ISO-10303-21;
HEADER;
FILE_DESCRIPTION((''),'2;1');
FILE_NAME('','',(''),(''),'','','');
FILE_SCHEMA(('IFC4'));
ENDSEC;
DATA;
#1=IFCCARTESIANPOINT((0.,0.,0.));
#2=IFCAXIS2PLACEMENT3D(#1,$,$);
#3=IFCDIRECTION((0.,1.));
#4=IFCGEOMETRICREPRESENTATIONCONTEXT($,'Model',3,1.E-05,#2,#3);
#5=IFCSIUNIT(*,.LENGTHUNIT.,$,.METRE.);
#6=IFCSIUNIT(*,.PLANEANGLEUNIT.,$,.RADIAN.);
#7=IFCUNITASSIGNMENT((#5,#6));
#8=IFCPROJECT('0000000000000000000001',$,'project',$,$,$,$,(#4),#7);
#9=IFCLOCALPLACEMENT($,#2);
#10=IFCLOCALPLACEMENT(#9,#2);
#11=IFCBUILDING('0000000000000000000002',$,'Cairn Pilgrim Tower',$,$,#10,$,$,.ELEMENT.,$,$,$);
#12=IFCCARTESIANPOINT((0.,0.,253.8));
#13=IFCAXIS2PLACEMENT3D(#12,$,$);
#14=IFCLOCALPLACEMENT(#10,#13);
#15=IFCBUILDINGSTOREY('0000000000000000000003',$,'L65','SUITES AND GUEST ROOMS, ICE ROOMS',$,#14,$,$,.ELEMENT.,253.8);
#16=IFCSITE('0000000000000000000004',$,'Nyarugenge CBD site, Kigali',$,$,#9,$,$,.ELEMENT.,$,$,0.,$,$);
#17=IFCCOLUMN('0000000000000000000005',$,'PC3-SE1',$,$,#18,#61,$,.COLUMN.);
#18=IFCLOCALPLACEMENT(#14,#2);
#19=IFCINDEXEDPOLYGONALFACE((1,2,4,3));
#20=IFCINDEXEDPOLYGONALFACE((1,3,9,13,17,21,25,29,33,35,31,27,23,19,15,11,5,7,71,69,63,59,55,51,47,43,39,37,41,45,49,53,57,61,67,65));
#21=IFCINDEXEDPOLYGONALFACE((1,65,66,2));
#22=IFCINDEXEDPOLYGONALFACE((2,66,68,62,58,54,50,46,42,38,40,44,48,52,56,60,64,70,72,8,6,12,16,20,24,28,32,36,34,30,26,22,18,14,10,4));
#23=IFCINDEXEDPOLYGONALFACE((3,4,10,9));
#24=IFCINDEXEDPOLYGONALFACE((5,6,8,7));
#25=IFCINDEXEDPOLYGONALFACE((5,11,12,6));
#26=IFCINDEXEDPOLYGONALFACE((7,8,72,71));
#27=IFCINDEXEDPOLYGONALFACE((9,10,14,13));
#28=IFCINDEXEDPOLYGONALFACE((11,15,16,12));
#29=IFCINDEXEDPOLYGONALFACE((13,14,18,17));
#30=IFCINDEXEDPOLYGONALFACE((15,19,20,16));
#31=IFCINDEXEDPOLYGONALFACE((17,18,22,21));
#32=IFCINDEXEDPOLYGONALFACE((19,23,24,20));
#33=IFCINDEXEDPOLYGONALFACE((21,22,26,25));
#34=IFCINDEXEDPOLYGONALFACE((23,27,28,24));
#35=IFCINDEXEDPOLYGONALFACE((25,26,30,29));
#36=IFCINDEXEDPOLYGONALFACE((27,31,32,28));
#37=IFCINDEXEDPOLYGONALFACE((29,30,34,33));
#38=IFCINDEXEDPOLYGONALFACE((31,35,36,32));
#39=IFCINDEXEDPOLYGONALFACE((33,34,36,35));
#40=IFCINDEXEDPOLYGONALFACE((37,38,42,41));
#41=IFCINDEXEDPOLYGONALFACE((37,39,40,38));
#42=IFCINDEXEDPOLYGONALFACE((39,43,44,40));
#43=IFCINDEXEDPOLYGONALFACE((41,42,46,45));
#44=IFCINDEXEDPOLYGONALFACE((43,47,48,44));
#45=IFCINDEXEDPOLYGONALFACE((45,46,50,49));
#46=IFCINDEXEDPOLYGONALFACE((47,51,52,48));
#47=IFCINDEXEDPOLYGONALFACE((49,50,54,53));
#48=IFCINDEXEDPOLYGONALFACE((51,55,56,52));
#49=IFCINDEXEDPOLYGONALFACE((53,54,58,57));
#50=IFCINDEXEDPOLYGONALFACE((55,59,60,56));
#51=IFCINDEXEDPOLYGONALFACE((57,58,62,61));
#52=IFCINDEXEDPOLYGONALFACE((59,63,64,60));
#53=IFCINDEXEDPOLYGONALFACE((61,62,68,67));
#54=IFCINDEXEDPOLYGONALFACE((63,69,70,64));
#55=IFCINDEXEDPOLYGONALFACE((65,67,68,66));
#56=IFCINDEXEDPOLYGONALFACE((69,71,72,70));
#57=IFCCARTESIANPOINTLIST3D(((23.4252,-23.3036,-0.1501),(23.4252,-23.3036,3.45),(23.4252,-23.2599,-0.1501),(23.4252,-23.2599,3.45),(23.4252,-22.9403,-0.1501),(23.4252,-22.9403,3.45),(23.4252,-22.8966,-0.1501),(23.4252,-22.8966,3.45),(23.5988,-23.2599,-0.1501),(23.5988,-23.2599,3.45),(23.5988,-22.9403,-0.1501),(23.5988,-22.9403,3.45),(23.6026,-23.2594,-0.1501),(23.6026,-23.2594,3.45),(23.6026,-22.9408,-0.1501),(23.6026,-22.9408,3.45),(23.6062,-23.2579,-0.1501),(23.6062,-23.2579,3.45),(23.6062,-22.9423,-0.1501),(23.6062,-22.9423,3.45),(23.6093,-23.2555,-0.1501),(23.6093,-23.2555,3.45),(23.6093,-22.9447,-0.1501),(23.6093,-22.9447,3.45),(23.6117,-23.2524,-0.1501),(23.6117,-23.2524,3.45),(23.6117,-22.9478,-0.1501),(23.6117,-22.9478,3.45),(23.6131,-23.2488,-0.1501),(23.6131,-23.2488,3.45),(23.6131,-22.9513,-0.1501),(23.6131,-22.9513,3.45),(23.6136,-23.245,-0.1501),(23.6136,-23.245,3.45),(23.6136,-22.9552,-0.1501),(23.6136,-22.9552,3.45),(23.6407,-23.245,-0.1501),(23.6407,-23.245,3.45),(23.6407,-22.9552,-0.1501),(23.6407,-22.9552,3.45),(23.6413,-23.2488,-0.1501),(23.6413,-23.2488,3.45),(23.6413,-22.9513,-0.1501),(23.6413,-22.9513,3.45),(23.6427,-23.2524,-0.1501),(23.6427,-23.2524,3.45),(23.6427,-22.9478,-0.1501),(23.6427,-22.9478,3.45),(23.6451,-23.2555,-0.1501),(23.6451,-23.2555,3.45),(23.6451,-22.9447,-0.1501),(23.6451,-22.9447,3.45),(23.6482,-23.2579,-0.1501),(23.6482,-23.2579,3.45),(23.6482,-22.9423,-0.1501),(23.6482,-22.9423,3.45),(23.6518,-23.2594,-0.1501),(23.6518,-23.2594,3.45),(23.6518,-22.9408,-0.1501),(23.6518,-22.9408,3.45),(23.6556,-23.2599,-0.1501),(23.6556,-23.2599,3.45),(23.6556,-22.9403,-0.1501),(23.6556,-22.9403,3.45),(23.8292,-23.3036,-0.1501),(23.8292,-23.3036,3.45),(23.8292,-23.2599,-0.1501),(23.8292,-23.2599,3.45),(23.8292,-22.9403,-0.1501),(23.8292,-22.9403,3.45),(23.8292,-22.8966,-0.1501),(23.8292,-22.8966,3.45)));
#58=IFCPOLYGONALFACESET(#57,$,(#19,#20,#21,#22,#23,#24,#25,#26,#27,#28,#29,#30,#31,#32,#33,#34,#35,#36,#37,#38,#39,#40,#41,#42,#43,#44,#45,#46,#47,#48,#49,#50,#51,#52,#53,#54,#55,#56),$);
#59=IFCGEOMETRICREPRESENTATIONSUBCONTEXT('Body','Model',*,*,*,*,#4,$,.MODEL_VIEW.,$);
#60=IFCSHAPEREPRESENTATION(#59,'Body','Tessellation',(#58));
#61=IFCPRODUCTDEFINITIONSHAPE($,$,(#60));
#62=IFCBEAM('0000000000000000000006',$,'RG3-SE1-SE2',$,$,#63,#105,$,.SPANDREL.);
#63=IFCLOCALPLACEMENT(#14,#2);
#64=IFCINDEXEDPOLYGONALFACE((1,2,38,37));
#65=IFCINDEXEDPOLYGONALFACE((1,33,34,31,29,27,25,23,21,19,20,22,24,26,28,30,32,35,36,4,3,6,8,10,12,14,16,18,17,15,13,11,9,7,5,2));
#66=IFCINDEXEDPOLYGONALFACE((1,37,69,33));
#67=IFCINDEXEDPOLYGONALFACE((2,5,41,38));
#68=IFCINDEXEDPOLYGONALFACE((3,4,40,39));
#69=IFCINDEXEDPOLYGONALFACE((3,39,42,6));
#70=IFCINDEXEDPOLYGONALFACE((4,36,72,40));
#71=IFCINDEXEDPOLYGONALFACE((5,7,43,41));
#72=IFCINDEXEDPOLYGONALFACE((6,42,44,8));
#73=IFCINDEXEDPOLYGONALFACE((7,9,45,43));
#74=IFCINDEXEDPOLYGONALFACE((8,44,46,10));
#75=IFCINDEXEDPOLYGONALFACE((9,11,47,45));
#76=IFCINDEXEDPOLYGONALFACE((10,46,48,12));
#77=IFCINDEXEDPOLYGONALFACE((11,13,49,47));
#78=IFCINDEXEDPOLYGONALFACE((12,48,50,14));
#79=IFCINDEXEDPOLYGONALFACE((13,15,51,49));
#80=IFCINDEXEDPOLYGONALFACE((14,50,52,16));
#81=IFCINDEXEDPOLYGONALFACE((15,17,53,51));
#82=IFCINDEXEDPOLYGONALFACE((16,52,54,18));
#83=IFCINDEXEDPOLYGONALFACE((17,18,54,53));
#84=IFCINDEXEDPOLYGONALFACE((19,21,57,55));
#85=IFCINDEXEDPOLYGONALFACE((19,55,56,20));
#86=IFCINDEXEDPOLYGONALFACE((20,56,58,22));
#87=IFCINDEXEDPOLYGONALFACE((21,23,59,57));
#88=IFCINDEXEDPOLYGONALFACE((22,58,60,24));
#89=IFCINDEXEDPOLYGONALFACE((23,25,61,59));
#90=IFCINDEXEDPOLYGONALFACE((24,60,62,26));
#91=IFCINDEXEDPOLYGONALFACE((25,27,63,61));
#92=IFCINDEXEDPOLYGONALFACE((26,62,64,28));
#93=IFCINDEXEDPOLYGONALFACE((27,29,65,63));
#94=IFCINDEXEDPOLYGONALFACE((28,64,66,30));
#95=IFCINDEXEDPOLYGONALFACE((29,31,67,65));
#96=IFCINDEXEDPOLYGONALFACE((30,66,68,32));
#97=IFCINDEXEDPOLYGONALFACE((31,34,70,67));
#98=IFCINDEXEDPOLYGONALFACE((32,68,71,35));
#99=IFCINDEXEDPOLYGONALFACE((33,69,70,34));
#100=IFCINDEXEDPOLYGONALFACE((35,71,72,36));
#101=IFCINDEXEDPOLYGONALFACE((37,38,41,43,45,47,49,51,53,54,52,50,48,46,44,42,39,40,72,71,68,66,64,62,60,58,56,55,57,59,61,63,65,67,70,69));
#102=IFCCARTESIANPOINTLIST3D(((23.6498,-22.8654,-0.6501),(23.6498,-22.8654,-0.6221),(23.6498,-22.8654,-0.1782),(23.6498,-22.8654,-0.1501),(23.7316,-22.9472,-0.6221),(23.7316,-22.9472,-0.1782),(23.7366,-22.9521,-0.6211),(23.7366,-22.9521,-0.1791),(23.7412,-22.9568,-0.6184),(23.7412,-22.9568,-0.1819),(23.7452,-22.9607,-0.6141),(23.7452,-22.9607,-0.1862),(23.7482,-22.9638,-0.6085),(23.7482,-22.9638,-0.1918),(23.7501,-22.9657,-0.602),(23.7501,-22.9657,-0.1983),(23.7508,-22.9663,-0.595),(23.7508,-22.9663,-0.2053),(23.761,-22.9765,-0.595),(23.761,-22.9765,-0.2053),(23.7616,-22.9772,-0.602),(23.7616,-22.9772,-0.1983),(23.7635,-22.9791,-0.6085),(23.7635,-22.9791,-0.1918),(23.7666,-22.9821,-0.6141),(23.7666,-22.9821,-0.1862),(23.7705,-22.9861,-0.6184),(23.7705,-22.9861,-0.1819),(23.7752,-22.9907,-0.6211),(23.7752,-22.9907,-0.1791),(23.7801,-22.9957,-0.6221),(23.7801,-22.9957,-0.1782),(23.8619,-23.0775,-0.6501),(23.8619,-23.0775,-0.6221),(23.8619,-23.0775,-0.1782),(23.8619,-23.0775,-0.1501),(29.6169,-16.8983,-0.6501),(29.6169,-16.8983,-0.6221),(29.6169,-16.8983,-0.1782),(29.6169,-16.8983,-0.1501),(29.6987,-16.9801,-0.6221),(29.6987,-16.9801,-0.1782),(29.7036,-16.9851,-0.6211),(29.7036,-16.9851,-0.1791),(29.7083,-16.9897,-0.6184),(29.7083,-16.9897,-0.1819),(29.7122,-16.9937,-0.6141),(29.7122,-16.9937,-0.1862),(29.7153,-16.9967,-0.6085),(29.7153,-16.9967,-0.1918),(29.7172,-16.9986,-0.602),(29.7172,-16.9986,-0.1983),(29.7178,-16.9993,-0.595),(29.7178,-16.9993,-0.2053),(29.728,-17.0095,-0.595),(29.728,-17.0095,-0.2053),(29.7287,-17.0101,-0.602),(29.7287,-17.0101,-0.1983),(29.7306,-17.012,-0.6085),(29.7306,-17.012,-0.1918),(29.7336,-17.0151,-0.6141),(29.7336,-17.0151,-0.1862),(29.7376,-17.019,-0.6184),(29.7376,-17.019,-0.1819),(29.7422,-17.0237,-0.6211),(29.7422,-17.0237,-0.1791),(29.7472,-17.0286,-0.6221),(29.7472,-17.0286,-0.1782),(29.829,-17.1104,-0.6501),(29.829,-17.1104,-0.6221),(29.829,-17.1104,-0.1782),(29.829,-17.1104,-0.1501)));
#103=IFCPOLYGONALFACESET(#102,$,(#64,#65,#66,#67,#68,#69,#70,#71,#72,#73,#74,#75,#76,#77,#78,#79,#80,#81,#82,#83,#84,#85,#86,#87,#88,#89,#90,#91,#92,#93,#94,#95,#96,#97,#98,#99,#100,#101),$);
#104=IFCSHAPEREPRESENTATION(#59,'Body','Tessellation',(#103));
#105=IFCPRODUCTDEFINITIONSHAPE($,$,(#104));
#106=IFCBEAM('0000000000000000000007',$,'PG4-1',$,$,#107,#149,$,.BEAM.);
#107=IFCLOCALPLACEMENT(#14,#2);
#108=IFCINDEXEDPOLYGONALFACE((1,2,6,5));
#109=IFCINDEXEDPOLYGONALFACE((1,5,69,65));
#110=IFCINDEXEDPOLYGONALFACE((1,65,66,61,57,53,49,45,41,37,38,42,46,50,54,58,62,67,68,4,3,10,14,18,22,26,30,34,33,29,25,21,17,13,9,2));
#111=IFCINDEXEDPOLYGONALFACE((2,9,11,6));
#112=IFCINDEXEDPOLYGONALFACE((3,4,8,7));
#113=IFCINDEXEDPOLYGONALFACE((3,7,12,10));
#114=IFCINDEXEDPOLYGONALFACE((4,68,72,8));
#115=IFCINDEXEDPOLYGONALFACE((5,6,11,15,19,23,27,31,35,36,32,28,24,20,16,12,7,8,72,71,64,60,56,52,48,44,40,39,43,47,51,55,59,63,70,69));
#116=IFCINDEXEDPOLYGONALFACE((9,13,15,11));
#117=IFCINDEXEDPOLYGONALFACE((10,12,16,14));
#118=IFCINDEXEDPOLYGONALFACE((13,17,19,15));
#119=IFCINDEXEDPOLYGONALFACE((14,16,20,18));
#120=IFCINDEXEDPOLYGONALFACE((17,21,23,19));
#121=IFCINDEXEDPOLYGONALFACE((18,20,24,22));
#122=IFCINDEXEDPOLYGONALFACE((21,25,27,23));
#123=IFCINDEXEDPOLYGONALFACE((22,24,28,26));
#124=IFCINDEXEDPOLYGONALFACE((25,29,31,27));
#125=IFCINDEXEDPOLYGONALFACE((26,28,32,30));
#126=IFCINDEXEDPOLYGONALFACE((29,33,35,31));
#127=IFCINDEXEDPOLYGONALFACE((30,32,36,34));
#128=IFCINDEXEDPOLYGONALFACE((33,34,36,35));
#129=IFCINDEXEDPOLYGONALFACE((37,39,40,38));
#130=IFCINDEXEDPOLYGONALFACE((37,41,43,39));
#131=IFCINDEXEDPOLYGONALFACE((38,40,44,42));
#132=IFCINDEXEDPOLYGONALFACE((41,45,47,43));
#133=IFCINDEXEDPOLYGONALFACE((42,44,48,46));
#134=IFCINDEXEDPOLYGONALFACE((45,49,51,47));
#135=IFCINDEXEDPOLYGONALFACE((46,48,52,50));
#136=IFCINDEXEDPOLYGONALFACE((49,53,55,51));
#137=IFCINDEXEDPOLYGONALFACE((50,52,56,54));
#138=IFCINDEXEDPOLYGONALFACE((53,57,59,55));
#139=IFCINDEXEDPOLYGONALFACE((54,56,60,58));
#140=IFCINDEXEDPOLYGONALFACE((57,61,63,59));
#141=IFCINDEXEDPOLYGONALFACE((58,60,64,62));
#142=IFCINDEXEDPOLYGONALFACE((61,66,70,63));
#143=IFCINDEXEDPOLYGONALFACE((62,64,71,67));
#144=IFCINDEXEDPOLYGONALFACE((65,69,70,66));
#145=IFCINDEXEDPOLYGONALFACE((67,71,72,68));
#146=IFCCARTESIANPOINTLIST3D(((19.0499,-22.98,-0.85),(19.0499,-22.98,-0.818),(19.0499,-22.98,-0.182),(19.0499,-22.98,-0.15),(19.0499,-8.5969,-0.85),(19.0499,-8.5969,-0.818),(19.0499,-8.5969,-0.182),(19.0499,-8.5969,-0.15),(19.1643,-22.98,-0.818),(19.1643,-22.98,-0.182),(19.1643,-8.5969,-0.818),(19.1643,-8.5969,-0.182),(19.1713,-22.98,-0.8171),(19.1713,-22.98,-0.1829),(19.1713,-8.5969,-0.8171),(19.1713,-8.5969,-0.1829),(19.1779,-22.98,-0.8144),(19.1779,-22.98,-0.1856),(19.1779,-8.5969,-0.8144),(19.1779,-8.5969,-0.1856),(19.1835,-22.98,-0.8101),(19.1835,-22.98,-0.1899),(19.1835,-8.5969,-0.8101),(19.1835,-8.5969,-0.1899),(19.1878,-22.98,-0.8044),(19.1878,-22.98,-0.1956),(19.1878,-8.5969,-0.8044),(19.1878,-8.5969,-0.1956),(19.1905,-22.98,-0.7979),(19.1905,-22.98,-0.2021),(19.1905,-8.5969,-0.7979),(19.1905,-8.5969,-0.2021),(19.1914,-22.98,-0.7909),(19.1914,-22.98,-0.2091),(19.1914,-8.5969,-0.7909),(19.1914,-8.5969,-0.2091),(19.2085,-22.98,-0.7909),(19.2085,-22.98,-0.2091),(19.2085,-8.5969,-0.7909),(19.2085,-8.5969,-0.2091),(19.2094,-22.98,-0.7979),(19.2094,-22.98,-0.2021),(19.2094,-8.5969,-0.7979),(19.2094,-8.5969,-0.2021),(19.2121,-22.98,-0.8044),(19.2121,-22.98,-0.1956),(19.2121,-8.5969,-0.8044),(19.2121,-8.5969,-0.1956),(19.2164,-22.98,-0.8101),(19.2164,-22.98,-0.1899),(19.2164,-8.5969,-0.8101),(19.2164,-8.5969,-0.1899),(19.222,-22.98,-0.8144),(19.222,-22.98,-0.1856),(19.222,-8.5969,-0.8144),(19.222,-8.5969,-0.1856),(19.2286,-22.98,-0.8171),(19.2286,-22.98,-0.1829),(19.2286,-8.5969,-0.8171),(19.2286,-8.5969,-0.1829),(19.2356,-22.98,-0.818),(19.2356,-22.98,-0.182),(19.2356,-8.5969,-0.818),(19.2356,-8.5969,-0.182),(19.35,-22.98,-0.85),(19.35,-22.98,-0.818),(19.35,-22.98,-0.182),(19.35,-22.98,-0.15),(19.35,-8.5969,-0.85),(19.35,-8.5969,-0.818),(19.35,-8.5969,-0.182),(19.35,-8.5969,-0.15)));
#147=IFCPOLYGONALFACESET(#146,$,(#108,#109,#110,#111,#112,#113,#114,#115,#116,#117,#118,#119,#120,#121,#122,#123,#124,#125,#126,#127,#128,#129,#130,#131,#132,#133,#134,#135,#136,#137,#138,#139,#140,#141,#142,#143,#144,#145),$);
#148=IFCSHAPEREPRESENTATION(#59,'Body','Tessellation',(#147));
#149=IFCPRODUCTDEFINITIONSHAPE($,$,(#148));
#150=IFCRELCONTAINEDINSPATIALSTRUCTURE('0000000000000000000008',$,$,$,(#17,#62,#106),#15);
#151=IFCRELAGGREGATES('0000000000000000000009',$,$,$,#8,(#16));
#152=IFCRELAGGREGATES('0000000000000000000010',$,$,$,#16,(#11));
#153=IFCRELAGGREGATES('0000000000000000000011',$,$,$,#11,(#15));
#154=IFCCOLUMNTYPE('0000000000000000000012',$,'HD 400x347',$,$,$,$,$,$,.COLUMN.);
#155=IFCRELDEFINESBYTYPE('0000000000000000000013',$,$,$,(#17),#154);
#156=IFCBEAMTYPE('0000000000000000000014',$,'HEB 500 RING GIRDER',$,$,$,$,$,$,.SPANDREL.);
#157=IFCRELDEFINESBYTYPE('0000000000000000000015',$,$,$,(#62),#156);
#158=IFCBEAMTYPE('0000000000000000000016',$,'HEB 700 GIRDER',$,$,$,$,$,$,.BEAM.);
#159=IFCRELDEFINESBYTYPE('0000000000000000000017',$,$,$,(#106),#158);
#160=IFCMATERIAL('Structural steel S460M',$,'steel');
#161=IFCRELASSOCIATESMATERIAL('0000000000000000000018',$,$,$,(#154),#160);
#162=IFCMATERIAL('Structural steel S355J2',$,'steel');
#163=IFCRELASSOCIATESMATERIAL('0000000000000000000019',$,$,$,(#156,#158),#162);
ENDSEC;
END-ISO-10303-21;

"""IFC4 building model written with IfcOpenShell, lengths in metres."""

from ifc_helpers import new_model, si_unit, direction, frame, origin, origin_2d, place, context, subcontext, project, spatial, i_section, extrude, material, material_profile, profile_set, type_object, element, save


model = new_model("IFC4")

# Units and contexts
model_context = context("Model", 3, precision=1e-05, world=origin(), true_north=direction((0.0, 1.0)))
body_context = subcontext(model_context, "Body", "Model", "MODEL_VIEW")
ifc_project = project(units=[si_unit("LENGTHUNIT", "METRE"), si_unit("PLANEANGLEUNIT", "RADIAN")], contexts=[model_context])

# Site, building, storey
site_placement = place(None, origin())
site = spatial("IfcSite", under=ifc_project, at=site_placement, Name="Nyarugenge CBD site, Kigali", CompositionType="ELEMENT", RefElevation=0.0)
building_placement = place(site_placement, origin())
building = spatial("IfcBuilding", under=site, at=building_placement, Name="Cairn Pilgrim Tower", CompositionType="ELEMENT")
storey_placement = place(building_placement, frame((0.0, 0.0, 253.8)))
storey = spatial("IfcBuildingStorey", under=building, at=storey_placement, Name="L65", Description="SUITES AND GUEST ROOMS, ICE ROOMS", CompositionType="ELEMENT", Elevation=253.8)

# Column
ifc_material_1 = material(Name="Structural steel S460M", Category="steel")
ifc_material_profile_1 = material_profile(ifc_material_1, i_section(OverallWidth=0.4041, OverallDepth=0.407, WebThickness=0.0271, FlangeThickness=0.0437, FilletRadius=0.0149, at=origin_2d()), Name="HD 400x347")
ifc_profile_set_1 = profile_set([ifc_material_profile_1], Name="Structural steel S460M")
column_type = type_object("IfcColumnType", Name="HD 400x347", PredefinedType="COLUMN", material=ifc_profile_set_1)
column_placement = place(storey_placement, frame((23.6272, -23.1001, -0.1501), z_axis=(0.0, 0.0, 1.0), x_axis=(1.0, 0.0, 0.0)))
element("IfcColumn", 1, at=column_placement, inside=storey, type_object=column_type, Name="PC3-SE1", PredefinedType="COLUMN", context=body_context, shape_type="SweptSolid", body=[
    extrude(i_section(OverallWidth=0.4041, OverallDepth=0.407, WebThickness=0.0271, FlangeThickness=0.0437, FilletRadius=0.0149, at=origin_2d()), origin(), (0.0, 0.0, 1.0), 3.6001),
])

# Beams
ifc_material_2 = material(Name="Structural steel S355J2", Category="steel")
ifc_material_profile_2 = material_profile(ifc_material_2, i_section(OverallWidth=0.3, OverallDepth=0.5, WebThickness=0.0144, FlangeThickness=0.0281, FilletRadius=0.0271, at=origin_2d()), Name="HEB 500")
ifc_profile_set_2 = profile_set([ifc_material_profile_2], Name="Structural steel S355J2")
beam_type_1 = type_object("IfcBeamType", Name="HEB 500 RING GIRDER", PredefinedType="SPANDREL", material=ifc_profile_set_2)
beam_1_placement = place(storey_placement, frame((23.7559, -22.9714, -0.4001), z_axis=(0.707107, 0.707107, 0.0), x_axis=(-0.707107, 0.707107, 0.0)))
element("IfcBeam", 2, at=beam_1_placement, inside=storey, type_object=beam_type_1, Name="RG3-SE1-SE2", PredefinedType="SPANDREL", context=body_context, shape_type="SweptSolid", body=[
    extrude(i_section(OverallWidth=0.3, OverallDepth=0.5, WebThickness=0.0144, FlangeThickness=0.0281, FilletRadius=0.0271, at=origin_2d()), origin(), (0.0, 0.0, 1.0), 8.4387),
])
ifc_material_profile_3 = material_profile(ifc_material_2, i_section(OverallWidth=0.3, OverallDepth=0.7, WebThickness=0.0171, FlangeThickness=0.032, FilletRadius=0.0271, at=origin_2d()), Name="HEB 700")
ifc_profile_set_3 = profile_set([ifc_material_profile_3], Name="Structural steel S355J2")
beam_type_2 = type_object("IfcBeamType", Name="HEB 700 GIRDER", PredefinedType="BEAM", material=ifc_profile_set_3)
beam_2_placement = place(storey_placement, frame((19.2, -22.98, -0.5), z_axis=(0.0, 1.0, 0.0), x_axis=(-1.0, 0.0, 0.0)))
element("IfcBeam", 3, at=beam_2_placement, inside=storey, type_object=beam_type_2, Name="PG4-1", PredefinedType="BEAM", context=body_context, shape_type="SweptSolid", body=[
    extrude(i_section(OverallWidth=0.3, OverallDepth=0.7, WebThickness=0.0171, FlangeThickness=0.032, FilletRadius=0.0271, at=origin_2d()), origin(), (0.0, 0.0, 1.0), 14.3831),
])

save(model, "model.ifc")
